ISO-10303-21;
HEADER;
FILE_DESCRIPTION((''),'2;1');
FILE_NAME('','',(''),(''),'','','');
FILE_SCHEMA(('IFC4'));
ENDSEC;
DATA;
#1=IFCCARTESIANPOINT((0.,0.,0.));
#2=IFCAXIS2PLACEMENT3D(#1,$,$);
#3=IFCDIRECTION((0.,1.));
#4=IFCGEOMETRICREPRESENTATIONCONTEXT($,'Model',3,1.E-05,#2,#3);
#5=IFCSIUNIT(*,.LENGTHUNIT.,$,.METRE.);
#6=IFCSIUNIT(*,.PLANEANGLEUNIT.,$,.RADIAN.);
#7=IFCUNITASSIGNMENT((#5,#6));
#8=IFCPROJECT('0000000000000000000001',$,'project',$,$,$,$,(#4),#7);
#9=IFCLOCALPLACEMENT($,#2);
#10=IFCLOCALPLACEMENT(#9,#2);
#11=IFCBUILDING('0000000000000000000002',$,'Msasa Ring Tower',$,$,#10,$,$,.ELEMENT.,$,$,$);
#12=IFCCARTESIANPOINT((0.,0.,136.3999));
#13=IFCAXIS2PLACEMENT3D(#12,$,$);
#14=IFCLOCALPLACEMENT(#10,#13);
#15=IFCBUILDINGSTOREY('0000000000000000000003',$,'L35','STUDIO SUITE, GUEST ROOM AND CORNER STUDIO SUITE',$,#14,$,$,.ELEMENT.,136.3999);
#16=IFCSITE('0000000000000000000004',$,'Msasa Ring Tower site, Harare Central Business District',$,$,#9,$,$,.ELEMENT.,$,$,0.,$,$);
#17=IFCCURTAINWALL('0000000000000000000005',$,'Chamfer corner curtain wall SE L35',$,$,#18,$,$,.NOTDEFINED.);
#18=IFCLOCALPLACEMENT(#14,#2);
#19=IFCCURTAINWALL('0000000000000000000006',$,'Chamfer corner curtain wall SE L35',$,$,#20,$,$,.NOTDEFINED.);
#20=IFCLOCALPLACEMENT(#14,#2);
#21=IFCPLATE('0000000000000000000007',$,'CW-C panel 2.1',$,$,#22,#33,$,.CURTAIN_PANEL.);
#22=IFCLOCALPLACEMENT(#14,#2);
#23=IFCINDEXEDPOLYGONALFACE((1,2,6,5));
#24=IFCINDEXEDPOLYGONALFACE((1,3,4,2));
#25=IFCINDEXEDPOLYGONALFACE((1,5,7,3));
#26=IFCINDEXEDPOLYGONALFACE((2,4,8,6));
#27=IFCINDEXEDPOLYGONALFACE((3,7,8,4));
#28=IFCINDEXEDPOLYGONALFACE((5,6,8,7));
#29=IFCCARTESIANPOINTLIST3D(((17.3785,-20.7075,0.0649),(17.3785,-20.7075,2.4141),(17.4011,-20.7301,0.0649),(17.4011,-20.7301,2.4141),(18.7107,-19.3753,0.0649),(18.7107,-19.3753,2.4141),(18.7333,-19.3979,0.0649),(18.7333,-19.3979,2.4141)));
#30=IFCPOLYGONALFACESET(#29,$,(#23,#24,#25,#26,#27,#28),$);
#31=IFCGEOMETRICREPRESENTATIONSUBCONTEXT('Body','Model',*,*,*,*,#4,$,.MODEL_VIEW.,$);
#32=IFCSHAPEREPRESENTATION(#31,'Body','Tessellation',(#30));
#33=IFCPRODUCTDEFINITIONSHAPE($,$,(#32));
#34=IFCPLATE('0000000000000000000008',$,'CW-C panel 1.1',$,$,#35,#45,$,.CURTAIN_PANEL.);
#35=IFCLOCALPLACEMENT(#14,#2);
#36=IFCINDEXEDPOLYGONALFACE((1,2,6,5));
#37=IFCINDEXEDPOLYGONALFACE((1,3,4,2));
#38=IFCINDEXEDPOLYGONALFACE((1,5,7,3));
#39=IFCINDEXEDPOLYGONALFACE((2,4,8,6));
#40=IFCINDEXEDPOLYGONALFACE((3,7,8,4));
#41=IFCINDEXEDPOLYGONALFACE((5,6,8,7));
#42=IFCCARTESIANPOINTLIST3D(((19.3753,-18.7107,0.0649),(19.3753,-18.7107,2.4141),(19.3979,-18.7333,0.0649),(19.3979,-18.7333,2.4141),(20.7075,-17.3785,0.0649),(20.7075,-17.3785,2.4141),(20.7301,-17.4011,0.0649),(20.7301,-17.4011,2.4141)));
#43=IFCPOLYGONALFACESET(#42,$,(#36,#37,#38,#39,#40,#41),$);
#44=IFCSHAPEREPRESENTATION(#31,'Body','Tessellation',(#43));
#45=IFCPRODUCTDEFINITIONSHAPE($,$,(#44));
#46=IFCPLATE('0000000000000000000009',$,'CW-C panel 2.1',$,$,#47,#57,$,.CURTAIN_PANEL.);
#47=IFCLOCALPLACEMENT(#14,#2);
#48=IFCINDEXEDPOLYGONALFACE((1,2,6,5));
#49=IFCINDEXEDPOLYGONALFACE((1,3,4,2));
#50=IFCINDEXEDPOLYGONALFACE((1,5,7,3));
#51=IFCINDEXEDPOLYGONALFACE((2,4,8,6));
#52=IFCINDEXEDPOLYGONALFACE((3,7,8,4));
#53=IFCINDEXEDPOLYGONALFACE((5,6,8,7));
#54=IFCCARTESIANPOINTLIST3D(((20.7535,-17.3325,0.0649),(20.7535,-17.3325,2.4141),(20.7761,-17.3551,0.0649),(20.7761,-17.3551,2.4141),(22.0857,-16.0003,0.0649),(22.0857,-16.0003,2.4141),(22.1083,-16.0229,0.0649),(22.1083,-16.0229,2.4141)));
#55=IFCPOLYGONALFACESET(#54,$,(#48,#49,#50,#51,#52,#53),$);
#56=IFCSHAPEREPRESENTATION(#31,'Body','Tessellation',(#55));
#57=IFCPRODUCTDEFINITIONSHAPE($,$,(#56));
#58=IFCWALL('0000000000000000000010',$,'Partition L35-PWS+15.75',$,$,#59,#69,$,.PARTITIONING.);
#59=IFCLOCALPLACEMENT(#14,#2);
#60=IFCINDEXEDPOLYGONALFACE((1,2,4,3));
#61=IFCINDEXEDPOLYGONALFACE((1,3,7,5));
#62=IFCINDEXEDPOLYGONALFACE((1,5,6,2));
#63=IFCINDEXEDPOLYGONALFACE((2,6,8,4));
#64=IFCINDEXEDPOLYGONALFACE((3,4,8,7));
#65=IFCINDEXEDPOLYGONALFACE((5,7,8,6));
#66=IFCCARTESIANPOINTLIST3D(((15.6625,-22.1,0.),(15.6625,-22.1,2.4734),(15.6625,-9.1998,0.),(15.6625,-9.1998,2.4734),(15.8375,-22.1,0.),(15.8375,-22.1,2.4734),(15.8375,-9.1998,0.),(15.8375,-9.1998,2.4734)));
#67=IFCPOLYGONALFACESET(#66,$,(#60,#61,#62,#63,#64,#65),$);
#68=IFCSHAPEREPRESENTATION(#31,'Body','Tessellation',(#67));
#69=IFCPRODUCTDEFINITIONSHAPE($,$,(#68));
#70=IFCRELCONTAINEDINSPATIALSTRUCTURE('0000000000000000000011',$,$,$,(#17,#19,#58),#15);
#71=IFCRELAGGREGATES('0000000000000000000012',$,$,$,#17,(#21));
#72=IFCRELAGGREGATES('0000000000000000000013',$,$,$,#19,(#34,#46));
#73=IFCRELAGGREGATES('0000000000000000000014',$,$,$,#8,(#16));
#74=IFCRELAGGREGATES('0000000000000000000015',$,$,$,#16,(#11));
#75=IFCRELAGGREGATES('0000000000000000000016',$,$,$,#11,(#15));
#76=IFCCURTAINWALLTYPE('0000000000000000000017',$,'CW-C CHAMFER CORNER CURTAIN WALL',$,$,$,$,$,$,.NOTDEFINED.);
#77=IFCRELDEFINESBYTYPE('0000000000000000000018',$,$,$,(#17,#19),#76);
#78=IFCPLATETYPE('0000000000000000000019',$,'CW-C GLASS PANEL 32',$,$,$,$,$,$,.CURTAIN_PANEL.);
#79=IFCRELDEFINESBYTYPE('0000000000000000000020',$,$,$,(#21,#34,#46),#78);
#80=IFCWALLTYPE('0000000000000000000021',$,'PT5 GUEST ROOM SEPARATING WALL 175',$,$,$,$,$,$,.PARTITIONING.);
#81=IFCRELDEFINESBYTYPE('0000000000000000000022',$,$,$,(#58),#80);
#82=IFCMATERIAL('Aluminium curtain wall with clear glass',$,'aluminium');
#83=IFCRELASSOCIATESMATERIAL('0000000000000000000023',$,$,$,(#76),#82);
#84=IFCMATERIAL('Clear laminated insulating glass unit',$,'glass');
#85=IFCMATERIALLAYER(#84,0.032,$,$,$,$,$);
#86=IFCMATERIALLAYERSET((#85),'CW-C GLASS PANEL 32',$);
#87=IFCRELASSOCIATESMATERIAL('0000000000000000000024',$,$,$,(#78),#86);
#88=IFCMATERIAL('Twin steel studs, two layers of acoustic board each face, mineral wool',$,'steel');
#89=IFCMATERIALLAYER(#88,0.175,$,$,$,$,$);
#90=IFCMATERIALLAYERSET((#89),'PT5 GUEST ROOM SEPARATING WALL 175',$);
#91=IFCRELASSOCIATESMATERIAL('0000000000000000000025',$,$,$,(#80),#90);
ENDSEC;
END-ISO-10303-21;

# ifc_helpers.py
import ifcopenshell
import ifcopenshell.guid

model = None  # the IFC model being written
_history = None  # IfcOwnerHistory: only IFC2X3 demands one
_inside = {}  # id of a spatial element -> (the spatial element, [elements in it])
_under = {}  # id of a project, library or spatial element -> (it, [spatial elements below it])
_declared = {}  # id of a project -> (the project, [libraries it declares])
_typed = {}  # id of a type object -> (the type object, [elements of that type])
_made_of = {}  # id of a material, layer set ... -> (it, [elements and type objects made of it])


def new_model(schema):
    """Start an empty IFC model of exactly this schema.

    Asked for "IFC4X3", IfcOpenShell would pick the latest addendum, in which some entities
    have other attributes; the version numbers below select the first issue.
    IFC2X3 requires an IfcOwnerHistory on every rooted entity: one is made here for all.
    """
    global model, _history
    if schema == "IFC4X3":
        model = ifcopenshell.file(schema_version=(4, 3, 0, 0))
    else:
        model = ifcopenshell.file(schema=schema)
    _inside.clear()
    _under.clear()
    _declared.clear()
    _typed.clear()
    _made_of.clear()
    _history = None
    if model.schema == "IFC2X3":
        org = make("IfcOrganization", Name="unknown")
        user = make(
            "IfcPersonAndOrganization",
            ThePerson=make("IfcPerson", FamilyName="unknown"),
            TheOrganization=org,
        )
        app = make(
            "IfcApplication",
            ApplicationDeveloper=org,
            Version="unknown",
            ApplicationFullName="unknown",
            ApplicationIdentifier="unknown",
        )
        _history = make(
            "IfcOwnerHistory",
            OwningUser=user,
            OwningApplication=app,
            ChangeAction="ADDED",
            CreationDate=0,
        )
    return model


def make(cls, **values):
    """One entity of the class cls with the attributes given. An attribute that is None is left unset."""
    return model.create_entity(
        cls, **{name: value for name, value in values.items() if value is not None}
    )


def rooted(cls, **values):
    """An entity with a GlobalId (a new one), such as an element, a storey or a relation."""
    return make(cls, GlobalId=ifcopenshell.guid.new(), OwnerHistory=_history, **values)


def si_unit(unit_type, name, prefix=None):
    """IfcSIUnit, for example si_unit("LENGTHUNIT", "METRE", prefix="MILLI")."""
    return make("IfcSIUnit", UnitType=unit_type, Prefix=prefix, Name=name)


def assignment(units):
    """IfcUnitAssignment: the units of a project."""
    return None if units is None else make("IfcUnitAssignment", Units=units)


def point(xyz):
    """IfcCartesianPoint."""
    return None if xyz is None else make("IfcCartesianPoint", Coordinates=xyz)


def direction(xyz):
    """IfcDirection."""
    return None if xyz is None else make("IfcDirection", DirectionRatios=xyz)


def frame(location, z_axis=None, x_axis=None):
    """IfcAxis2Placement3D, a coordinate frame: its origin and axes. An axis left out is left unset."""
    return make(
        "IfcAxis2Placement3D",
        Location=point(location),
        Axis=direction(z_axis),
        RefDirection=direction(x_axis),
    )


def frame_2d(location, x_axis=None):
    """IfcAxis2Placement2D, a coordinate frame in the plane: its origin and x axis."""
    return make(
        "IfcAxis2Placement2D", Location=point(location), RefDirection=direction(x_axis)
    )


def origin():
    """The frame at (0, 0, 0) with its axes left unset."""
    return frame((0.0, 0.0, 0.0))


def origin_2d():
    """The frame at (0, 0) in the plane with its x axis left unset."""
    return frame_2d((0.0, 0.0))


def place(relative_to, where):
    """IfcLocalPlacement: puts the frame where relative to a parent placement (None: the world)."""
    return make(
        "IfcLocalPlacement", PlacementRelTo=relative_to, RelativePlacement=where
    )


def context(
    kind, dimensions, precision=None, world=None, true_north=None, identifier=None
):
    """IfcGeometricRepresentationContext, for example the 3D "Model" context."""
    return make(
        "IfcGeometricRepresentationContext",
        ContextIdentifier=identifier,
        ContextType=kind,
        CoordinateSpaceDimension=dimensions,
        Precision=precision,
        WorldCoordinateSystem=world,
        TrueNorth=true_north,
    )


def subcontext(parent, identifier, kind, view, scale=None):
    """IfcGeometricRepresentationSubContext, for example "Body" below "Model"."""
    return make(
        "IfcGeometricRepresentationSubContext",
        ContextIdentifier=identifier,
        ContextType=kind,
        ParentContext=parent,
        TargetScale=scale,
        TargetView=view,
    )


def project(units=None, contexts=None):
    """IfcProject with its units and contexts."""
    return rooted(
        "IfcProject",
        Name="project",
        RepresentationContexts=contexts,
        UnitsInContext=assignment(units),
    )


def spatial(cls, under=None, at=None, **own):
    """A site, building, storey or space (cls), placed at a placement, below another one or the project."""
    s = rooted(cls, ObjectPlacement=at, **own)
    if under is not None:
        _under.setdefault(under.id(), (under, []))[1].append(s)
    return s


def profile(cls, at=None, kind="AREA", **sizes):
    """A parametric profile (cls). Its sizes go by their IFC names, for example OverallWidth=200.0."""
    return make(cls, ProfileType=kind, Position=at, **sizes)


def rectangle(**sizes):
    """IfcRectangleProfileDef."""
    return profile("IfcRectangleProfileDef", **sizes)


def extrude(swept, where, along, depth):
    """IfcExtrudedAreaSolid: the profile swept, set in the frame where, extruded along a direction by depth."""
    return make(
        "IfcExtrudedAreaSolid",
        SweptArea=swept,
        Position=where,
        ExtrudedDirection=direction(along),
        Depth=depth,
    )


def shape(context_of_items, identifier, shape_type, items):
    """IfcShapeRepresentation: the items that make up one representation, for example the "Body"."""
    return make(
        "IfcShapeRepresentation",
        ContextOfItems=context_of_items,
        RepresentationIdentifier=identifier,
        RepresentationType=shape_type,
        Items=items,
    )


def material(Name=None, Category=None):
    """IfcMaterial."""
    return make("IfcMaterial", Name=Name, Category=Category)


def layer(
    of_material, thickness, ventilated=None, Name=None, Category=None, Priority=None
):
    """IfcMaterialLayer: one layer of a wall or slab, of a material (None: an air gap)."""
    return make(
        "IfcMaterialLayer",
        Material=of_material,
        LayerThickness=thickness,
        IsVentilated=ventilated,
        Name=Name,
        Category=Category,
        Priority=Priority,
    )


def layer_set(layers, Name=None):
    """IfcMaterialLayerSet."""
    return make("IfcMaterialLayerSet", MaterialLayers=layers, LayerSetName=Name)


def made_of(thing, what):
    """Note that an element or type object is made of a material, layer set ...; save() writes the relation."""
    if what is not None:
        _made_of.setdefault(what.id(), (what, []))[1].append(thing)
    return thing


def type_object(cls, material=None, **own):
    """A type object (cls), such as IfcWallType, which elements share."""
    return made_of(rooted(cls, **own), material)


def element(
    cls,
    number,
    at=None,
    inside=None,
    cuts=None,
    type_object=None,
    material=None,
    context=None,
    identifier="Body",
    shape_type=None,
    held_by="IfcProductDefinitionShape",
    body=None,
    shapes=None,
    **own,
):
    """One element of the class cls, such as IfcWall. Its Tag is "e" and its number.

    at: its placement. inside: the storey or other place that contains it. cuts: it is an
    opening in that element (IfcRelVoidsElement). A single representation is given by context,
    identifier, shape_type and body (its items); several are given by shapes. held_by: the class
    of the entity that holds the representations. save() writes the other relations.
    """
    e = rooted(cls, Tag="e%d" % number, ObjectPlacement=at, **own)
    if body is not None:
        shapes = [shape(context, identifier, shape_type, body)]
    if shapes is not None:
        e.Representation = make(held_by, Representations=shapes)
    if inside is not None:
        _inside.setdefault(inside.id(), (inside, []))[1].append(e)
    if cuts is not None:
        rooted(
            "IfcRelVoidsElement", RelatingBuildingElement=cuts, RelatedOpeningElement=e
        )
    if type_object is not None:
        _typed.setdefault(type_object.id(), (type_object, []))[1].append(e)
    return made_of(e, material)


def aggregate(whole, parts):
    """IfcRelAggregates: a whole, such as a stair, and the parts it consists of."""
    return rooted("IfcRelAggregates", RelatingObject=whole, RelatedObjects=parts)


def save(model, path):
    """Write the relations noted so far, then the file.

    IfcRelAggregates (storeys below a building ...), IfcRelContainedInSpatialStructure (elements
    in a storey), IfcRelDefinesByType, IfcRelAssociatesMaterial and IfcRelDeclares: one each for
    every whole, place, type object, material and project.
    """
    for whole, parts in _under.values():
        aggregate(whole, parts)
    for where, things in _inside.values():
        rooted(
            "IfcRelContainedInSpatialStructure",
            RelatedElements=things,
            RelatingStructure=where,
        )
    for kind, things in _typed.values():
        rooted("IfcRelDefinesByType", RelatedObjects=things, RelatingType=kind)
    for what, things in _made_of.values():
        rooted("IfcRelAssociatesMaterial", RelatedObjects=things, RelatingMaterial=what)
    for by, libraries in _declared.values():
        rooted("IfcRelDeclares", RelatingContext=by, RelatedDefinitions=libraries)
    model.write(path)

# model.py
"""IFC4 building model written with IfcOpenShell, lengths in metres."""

from ifc_helpers import new_model, si_unit, direction, frame, frame_2d, origin, origin_2d, place, context, subcontext, project, spatial, rectangle, extrude, material, layer, layer_set, type_object, element, aggregate, save


model = new_model("IFC4")

# Units and contexts
model_context = context("Model", 3, precision=1e-05, world=origin(), true_north=direction((0.0, 1.0)))
body_context = subcontext(model_context, "Body", "Model", "MODEL_VIEW")
ifc_project = project(units=[si_unit("LENGTHUNIT", "METRE"), si_unit("PLANEANGLEUNIT", "RADIAN")], contexts=[model_context])

# Site, building, storey
site_placement = place(None, origin())
site = spatial("IfcSite", under=ifc_project, at=site_placement, Name="Msasa Ring Tower site, Harare Central Business District", CompositionType="ELEMENT", RefElevation=0.0)
building_placement = place(site_placement, origin())
building = spatial("IfcBuilding", under=site, at=building_placement, Name="Msasa Ring Tower", CompositionType="ELEMENT")
storey_placement = place(building_placement, frame((0.0, 0.0, 136.3999)))
storey = spatial("IfcBuildingStorey", under=building, at=storey_placement, Name="L35", Description="STUDIO SUITE, GUEST ROOM AND CORNER STUDIO SUITE", CompositionType="ELEMENT", Elevation=136.3999)

# Curtain walls
ifc_material_1 = material(Name="Aluminium curtain wall with clear glass", Category="aluminium")
curtain_wall_type = type_object("IfcCurtainWallType", Name="CW-C CHAMFER CORNER CURTAIN WALL", PredefinedType="NOTDEFINED", material=ifc_material_1)
curtain_wall_1_placement = place(storey_placement, origin())
curtain_wall_1 = element("IfcCurtainWall", 1, at=curtain_wall_1_placement, inside=storey, type_object=curtain_wall_type, Name="Chamfer corner curtain wall SE L35", PredefinedType="NOTDEFINED")
curtain_wall_2_placement = place(storey_placement, origin())
curtain_wall_2 = element("IfcCurtainWall", 2, at=curtain_wall_2_placement, inside=storey, type_object=curtain_wall_type, Name="Chamfer corner curtain wall SE L35", PredefinedType="NOTDEFINED")

# Plates
ifc_material_2 = material(Name="Clear laminated insulating glass unit", Category="glass")
ifc_layer_1 = layer(ifc_material_2, 0.032)
ifc_layer_set_1 = layer_set([ifc_layer_1], Name="CW-C GLASS PANEL 32")
plate_type = type_object("IfcPlateType", Name="CW-C GLASS PANEL 32", PredefinedType="CURTAIN_PANEL", material=ifc_layer_set_1)
plate_1_placement = place(storey_placement, frame((18.0559, -20.0527, 0.0649), z_axis=(0.0, 0.0, 1.0), x_axis=(0.707107, 0.707107, 0.0)))
plate_1 = element("IfcPlate", 3, at=plate_1_placement, type_object=plate_type, Name="CW-C panel 2.1", PredefinedType="CURTAIN_PANEL", context=body_context, shape_type="SweptSolid", body=[
    extrude(rectangle(XDim=1.884, YDim=0.032, at=origin_2d()), origin(), (0.0, 0.0, 1.0), 2.3491),
])
aggregate(curtain_wall_1, [plate_1])
plate_2_placement = place(storey_placement, frame((20.0527, -18.0559, 0.0649), z_axis=(0.0, 0.0, 1.0), x_axis=(0.707107, 0.707107, 0.0)))
plate_2 = element("IfcPlate", 4, at=plate_2_placement, type_object=plate_type, Name="CW-C panel 1.1", PredefinedType="CURTAIN_PANEL", context=body_context, shape_type="SweptSolid", body=[
    extrude(rectangle(XDim=1.884, YDim=0.032, at=origin_2d()), origin(), (0.0, 0.0, 1.0), 2.3491),
])
plate_3_placement = place(storey_placement, frame((21.4309, -16.6777, 0.0649), z_axis=(0.0, 0.0, 1.0), x_axis=(0.707107, 0.707107, 0.0)))
plate_3 = element("IfcPlate", 5, at=plate_3_placement, type_object=plate_type, Name="CW-C panel 2.1", PredefinedType="CURTAIN_PANEL", context=body_context, shape_type="SweptSolid", body=[
    extrude(rectangle(XDim=1.884, YDim=0.032, at=origin_2d()), origin(), (0.0, 0.0, 1.0), 2.3491),
])
aggregate(curtain_wall_2, [plate_2, plate_3])

# Wall
ifc_material_3 = material(Name="Twin steel studs, two layers of acoustic board each face, mineral wool", Category="steel")
ifc_layer_2 = layer(ifc_material_3, 0.175)
ifc_layer_set_2 = layer_set([ifc_layer_2], Name="PT5 GUEST ROOM SEPARATING WALL 175")
wall_type = type_object("IfcWallType", Name="PT5 GUEST ROOM SEPARATING WALL 175", PredefinedType="PARTITIONING", material=ifc_layer_set_2)
wall_placement = place(storey_placement, frame((15.75, -22.1001, 0.0), z_axis=(0.0, 0.0, 1.0), x_axis=(0.0, 1.0, 0.0)))
element("IfcWall", 6, at=wall_placement, inside=storey, type_object=wall_type, Name="Partition L35-PWS+15.75", PredefinedType="PARTITIONING", context=body_context, shape_type="SweptSolid", body=[
    extrude(rectangle(XDim=12.9001, YDim=0.175, at=frame_2d((6.4502, 0.0))), origin(), (0.0, 0.0, 1.0), 2.4734),
])

save(model, "model.ifc")
